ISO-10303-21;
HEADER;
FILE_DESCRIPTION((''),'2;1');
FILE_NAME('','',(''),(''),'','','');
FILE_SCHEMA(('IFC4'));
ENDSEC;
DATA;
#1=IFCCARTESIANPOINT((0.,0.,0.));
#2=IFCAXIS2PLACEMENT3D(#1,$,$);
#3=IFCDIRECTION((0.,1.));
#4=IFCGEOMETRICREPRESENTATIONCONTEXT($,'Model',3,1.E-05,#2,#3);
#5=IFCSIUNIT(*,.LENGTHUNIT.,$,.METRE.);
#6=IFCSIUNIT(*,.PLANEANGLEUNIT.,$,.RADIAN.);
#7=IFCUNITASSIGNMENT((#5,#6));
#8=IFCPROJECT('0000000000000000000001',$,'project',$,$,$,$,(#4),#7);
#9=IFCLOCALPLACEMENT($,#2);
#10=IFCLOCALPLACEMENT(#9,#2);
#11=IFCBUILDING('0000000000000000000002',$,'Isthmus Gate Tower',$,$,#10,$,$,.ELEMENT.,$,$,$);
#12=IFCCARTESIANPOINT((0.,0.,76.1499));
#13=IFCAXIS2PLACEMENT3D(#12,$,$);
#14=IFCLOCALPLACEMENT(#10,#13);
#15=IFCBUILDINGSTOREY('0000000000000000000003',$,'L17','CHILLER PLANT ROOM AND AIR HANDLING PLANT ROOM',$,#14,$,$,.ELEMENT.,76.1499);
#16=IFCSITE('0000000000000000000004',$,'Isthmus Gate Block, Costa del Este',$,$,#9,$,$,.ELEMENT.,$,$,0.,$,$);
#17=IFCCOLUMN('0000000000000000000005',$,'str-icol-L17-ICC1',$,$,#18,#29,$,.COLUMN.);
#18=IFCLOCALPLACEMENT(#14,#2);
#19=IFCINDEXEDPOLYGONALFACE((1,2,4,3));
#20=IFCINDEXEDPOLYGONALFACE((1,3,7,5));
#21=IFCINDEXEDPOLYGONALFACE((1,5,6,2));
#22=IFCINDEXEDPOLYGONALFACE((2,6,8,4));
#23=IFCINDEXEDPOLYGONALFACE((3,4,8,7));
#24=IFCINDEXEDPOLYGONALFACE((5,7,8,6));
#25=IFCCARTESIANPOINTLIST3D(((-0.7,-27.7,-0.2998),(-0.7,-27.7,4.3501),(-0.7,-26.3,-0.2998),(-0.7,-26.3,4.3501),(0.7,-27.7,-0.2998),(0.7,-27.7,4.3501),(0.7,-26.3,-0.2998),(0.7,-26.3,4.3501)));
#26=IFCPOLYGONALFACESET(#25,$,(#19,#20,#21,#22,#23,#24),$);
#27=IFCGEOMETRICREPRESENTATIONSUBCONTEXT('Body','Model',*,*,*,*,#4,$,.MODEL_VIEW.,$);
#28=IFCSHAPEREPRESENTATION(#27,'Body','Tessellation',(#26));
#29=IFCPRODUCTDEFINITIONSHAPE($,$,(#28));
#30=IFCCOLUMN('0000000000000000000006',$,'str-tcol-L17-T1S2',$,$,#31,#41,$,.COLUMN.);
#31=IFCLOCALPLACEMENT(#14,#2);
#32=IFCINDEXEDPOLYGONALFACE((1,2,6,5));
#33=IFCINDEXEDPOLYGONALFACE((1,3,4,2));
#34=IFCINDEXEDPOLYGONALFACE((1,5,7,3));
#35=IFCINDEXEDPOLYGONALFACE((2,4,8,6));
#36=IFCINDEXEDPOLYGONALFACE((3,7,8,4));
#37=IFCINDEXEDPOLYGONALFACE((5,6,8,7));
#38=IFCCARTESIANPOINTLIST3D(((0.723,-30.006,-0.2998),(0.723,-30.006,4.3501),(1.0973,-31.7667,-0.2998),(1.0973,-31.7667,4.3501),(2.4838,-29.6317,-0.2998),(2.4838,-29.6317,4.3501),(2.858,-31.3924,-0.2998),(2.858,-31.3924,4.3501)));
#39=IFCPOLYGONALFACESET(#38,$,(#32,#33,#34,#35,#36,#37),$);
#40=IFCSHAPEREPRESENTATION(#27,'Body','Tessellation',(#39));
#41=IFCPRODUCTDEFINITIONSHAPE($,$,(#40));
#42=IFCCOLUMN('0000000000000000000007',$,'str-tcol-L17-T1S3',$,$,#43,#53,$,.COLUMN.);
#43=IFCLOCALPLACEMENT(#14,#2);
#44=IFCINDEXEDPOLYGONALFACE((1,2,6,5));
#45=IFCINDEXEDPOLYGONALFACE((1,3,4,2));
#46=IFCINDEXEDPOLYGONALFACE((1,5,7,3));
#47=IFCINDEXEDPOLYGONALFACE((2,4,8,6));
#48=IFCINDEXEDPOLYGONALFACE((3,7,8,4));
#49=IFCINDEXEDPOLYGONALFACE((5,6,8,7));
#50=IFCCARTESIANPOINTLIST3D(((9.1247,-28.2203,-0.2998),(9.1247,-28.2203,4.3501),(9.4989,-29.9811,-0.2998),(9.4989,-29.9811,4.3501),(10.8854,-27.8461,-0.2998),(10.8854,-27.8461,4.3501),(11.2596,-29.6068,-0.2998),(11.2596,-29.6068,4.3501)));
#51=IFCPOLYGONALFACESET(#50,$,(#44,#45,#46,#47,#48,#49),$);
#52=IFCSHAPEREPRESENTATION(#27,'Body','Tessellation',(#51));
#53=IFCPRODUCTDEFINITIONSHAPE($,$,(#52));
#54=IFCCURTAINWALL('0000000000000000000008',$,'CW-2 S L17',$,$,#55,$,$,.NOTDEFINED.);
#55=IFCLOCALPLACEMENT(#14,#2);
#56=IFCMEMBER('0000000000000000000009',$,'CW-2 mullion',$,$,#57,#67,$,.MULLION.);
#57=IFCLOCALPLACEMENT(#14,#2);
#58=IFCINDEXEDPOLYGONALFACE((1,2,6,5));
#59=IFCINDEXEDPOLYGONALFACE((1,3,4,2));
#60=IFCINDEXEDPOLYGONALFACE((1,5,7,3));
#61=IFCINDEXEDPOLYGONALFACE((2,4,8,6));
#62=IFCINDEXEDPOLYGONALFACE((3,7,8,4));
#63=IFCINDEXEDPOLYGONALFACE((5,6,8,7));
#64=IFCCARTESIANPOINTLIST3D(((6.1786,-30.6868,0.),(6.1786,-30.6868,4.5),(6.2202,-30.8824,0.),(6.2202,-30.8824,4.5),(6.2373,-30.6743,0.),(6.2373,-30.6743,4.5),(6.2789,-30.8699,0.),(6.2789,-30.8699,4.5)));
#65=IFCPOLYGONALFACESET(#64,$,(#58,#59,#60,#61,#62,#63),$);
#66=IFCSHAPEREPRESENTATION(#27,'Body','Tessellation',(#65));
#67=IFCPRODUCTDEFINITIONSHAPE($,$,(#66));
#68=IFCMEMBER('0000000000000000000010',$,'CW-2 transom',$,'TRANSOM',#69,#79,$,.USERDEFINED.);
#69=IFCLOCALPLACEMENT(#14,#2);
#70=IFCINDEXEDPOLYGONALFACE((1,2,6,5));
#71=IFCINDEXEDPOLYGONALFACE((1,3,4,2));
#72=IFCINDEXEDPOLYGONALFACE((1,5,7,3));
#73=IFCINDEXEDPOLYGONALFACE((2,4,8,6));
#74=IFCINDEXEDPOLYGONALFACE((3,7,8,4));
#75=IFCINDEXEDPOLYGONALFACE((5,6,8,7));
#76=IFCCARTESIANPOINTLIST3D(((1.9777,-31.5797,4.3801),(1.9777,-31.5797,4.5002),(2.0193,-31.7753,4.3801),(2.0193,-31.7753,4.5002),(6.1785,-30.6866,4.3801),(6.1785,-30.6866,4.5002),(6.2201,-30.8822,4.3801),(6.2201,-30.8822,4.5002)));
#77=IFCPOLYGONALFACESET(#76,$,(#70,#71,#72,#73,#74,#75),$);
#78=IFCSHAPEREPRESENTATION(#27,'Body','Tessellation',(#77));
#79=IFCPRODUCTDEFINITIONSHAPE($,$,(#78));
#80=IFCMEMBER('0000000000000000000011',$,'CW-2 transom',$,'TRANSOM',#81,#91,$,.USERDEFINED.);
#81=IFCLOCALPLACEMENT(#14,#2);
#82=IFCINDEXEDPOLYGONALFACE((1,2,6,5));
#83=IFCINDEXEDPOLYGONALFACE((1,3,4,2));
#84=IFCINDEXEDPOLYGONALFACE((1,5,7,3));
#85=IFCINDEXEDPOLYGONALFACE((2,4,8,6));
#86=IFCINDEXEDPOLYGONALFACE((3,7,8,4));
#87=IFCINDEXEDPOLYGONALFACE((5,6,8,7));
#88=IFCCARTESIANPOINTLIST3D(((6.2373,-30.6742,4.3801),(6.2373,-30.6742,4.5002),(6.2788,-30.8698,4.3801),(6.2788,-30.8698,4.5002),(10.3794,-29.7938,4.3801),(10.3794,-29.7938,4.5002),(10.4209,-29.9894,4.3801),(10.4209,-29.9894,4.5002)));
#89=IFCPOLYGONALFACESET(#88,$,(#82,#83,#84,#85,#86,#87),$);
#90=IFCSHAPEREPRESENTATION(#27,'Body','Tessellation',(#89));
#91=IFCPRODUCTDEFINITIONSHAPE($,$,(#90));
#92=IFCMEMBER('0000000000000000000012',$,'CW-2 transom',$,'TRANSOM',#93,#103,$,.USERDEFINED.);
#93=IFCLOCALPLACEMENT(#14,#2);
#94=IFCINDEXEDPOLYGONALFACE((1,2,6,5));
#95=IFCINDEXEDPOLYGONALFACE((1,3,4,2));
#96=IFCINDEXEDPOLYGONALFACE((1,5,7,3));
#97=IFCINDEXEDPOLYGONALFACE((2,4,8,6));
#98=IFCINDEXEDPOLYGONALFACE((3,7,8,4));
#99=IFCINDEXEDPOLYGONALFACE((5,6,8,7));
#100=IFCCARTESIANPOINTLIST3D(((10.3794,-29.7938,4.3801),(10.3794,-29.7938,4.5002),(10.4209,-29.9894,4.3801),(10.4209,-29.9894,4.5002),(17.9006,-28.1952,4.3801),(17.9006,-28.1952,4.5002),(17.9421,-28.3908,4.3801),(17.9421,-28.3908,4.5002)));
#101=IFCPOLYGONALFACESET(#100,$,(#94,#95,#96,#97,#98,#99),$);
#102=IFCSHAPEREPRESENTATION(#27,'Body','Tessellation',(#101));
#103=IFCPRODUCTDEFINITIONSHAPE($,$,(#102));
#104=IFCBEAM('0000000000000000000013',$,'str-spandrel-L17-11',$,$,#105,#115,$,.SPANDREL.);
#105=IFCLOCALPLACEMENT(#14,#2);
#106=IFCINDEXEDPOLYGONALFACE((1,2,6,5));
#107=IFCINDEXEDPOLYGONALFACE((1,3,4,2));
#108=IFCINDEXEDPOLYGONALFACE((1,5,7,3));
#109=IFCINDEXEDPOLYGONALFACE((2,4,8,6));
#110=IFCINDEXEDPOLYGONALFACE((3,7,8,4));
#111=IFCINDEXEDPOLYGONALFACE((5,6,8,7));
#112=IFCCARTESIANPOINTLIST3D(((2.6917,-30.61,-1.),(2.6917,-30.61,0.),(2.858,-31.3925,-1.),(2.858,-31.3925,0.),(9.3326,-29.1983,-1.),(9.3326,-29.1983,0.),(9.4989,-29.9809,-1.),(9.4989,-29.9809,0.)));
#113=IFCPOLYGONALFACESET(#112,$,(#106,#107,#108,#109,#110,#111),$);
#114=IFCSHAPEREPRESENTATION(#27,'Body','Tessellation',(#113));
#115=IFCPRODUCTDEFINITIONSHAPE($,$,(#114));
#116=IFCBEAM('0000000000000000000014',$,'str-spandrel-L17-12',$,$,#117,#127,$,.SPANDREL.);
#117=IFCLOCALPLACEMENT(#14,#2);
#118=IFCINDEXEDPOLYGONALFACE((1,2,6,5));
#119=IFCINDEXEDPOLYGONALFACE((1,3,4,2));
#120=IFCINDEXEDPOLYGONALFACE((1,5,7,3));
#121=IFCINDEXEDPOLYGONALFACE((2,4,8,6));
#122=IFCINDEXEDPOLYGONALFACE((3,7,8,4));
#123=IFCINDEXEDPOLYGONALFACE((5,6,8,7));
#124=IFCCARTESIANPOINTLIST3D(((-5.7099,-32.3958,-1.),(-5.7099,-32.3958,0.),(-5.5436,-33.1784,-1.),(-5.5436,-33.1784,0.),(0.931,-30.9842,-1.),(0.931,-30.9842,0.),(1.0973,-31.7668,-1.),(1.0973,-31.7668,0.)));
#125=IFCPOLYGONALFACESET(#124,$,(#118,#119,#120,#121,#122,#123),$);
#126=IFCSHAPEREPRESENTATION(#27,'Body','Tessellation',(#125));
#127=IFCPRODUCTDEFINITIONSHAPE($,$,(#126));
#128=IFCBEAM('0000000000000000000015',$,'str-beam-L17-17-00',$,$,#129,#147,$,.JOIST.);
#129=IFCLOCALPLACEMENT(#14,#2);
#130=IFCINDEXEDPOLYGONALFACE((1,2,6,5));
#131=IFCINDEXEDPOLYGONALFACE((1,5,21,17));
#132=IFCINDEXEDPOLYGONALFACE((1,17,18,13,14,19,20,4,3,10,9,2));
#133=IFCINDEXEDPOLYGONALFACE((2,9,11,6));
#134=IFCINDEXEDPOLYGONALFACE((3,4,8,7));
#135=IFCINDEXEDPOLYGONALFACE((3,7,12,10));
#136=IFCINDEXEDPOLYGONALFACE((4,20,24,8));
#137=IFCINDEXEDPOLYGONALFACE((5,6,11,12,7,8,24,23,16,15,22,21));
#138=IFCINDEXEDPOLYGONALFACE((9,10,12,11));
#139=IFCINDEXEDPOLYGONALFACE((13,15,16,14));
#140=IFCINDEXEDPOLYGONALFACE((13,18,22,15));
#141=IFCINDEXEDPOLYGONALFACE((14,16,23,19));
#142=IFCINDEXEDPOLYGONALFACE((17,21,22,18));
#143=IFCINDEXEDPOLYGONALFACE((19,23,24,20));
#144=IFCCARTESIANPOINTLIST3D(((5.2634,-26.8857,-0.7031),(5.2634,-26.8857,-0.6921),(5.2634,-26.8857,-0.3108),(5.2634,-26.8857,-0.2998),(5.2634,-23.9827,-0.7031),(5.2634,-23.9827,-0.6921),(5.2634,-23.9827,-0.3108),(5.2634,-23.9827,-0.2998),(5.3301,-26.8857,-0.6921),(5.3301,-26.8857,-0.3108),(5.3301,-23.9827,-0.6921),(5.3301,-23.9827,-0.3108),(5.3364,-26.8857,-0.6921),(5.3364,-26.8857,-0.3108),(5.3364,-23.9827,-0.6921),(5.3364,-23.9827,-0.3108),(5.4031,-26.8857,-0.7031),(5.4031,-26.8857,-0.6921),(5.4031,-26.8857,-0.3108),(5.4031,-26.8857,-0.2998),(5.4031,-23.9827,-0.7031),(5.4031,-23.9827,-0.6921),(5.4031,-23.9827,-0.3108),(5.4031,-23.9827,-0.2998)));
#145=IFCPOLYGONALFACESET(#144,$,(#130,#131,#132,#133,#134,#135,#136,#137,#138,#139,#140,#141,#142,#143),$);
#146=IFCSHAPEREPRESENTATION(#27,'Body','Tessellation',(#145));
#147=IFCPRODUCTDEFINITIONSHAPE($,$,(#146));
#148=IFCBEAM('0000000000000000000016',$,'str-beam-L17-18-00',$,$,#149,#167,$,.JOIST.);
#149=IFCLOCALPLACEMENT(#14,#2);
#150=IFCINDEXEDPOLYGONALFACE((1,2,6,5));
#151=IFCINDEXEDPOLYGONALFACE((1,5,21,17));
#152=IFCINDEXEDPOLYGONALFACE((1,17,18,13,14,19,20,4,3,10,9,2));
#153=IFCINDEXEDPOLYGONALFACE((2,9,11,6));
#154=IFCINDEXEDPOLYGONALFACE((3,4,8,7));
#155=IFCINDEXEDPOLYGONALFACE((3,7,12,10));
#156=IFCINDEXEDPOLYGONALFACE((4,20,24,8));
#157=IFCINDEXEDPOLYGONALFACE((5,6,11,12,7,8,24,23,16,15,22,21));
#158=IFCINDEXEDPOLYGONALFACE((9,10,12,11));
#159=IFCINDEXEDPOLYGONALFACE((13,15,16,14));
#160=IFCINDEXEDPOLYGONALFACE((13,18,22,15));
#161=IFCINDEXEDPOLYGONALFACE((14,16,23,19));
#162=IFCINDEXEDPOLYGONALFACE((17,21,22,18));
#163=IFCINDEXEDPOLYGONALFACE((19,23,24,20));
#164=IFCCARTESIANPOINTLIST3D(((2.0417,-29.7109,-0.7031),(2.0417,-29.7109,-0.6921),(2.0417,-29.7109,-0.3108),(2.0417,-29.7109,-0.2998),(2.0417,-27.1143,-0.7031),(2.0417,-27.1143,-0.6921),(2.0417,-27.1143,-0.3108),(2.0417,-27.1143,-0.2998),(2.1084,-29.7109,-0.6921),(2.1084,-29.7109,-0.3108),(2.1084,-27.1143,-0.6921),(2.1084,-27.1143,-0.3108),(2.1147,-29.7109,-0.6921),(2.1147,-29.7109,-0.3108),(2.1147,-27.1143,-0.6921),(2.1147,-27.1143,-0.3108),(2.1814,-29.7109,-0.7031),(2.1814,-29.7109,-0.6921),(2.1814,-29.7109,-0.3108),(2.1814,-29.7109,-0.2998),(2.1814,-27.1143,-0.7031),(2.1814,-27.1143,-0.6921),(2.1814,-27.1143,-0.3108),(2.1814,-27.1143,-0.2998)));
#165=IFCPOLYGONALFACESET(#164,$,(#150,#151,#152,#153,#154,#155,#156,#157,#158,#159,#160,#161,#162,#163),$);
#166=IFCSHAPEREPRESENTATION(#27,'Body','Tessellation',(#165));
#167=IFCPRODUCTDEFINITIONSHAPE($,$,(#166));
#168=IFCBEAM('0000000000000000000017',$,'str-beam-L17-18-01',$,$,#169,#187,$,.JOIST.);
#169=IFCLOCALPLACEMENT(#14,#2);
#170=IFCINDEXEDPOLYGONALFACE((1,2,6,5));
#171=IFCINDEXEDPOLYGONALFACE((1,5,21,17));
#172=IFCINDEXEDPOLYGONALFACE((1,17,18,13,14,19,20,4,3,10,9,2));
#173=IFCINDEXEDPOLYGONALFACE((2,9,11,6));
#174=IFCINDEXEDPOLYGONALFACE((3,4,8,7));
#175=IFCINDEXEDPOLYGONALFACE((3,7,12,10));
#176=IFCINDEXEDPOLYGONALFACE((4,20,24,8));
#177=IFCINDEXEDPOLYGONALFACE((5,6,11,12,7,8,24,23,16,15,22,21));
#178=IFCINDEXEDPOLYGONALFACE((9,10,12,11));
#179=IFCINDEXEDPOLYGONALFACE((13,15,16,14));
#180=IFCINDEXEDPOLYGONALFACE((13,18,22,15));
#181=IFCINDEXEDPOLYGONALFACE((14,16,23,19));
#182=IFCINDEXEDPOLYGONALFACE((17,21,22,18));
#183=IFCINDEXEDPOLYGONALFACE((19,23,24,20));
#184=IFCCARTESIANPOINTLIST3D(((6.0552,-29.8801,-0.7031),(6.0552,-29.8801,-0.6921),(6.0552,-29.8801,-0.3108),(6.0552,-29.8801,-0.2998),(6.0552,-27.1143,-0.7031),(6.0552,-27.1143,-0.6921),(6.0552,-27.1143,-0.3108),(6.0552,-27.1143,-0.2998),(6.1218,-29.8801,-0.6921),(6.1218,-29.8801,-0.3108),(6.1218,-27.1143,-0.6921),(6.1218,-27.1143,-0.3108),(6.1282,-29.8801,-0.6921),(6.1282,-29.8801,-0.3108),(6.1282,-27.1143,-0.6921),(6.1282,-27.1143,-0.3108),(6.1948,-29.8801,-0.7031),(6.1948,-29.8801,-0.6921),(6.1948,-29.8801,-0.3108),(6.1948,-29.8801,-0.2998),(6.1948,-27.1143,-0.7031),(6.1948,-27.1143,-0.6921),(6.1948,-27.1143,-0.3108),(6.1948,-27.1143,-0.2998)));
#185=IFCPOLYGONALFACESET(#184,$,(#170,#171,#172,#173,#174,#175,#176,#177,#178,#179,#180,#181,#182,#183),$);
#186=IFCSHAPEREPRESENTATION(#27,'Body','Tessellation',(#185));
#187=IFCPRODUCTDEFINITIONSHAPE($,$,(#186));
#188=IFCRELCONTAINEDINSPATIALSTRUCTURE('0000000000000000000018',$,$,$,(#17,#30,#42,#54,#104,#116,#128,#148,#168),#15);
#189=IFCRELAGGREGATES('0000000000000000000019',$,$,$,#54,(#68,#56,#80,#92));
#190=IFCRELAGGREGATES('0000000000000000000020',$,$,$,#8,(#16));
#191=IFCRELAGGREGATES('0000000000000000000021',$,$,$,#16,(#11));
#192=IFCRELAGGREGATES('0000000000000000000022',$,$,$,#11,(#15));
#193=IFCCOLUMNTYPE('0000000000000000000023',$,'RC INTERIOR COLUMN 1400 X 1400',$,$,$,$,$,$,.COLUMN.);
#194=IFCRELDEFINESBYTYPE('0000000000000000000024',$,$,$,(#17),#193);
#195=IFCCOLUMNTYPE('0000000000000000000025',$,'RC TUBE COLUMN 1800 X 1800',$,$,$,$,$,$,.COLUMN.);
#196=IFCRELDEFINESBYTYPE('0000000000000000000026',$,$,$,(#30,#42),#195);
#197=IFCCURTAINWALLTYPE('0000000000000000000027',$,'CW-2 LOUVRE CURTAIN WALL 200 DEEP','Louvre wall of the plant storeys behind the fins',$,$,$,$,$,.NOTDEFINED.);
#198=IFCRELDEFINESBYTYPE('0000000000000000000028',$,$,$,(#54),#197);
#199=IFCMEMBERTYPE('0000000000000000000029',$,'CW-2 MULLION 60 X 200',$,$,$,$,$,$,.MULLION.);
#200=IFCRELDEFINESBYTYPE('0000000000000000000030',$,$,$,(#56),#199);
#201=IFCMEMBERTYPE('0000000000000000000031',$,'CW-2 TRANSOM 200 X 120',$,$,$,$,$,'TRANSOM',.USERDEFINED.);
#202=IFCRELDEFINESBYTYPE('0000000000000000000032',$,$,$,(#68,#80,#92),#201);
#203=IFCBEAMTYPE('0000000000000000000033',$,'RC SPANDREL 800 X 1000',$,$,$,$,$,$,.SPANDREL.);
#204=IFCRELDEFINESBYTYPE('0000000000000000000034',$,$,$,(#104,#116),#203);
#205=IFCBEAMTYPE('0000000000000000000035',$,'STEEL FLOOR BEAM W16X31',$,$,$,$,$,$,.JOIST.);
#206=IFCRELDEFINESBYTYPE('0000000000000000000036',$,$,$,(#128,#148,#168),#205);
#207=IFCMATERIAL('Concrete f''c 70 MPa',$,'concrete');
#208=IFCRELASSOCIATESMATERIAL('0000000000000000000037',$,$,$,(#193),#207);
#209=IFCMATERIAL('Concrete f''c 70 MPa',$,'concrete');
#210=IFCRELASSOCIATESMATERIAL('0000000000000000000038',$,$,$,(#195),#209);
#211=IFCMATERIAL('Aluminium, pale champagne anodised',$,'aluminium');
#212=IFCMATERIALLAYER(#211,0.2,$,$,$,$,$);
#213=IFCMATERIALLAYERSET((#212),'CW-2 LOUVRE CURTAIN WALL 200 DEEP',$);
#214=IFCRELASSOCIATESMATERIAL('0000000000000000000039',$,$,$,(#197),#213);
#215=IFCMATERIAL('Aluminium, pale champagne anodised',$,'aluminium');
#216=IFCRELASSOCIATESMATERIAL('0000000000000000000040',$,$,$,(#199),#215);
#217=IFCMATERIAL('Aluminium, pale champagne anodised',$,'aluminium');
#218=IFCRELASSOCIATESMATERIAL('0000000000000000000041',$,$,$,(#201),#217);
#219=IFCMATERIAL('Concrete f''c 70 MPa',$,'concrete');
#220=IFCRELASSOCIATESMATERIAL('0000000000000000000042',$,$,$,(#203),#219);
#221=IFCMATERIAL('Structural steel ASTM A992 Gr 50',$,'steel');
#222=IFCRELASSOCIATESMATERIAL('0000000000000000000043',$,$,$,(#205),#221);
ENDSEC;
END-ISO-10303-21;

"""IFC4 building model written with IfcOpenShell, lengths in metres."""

from ifc_helpers import new_model, si_unit, direction, frame, origin, origin_2d, place, context, subcontext, project, spatial, rectangle, i_section, extrude, material, layer, layer_set, material_profile, profile_set, type_object, element, aggregate, save


model = new_model("IFC4")

# Units and contexts
model_context = context("Model", 3, precision=1e-05, world=origin(), true_north=direction((0.0, 1.0)))
body_context = subcontext(model_context, "Body", "Model", "MODEL_VIEW")
ifc_project = project(units=[si_unit("LENGTHUNIT", "METRE"), si_unit("PLANEANGLEUNIT", "RADIAN")], contexts=[model_context])

# Site, building, storey
site_placement = place(None, origin())
site = spatial("IfcSite", under=ifc_project, at=site_placement, Name="Isthmus Gate Block, Costa del Este", CompositionType="ELEMENT", RefElevation=0.0)
building_placement = place(site_placement, origin())
building = spatial("IfcBuilding", under=site, at=building_placement, Name="Isthmus Gate Tower", CompositionType="ELEMENT")
storey_placement = place(building_placement, frame((0.0, 0.0, 76.1499)))
storey = spatial("IfcBuildingStorey", under=building, at=storey_placement, Name="L17", Description="CHILLER PLANT ROOM AND AIR HANDLING PLANT ROOM", CompositionType="ELEMENT", Elevation=76.1499)

# Columns
ifc_material_1 = material(Name="Concrete f'c 70 MPa", Category="concrete")
ifc_material_profile_1 = material_profile(ifc_material_1, rectangle(XDim=1.3999, YDim=1.3999, at=origin_2d()), Name="RC 1400X1400")
ifc_profile_set_1 = profile_set([ifc_material_profile_1], Name="Concrete f'c 70 MPa")
column_type_1 = type_object("IfcColumnType", Name="RC INTERIOR COLUMN 1400 X 1400", PredefinedType="COLUMN", material=ifc_profile_set_1)
column_placement = place(storey_placement, frame((0.0, -27.0, -0.2998), z_axis=(0.0, 0.0, 1.0), x_axis=(1.0, 0.0, 0.0)))
element("IfcColumn", 1, at=column_placement, inside=storey, type_object=column_type_1, Name="str-icol-L17-ICC1", PredefinedType="COLUMN", context=body_context, shape_type="SweptSolid", body=[
    extrude(rectangle(XDim=1.3999, YDim=1.3999, at=origin_2d()), origin(), (0.0, 0.0, 1.0), 4.6499),
])
ifc_material_2 = material(Name="Concrete f'c 70 MPa", Category="concrete")
ifc_material_profile_2 = material_profile(ifc_material_2, rectangle(XDim=1.8, YDim=1.8, at=origin_2d()), Name="RC 1800X1800")
ifc_profile_set_2 = profile_set([ifc_material_profile_2], Name="Concrete f'c 70 MPa")
column_type_2 = type_object("IfcColumnType", Name="RC TUBE COLUMN 1800 X 1800", PredefinedType="COLUMN", material=ifc_profile_set_2)
for number, where, z_axis, x_axis, name in (
    (2, (1.7905, -30.6992, -0.2998), (0.0, 0.0, 1.0), (0.978148, 0.207912, 0.0), "str-tcol-L17-T1S2"),
    (3, (10.1921, -28.9136, -0.2998), (0.0, 0.0, 1.0), (0.978148, 0.207912, 0.0), "str-tcol-L17-T1S3"),
):
    element("IfcColumn", number, at=place(storey_placement, frame(where, z_axis=z_axis, x_axis=x_axis)), inside=storey, type_object=column_type_2, Name=name, PredefinedType="COLUMN", context=body_context, shape_type="SweptSolid", body=[
        extrude(rectangle(XDim=1.8, YDim=1.8, at=origin_2d()), origin(), (0.0, 0.0, 1.0), 4.6499),
    ])

# Curtain wall, members
ifc_material_3 = material(Name="Aluminium, pale champagne anodised", Category="aluminium")
ifc_layer_1 = layer(ifc_material_3, 0.2)
ifc_layer_set_1 = layer_set([ifc_layer_1], Name="CW-2 LOUVRE CURTAIN WALL 200 DEEP")
curtain_wall_type = type_object("IfcCurtainWallType", Name="CW-2 LOUVRE CURTAIN WALL 200 DEEP", Description="Louvre wall of the plant storeys behind the fins", PredefinedType="NOTDEFINED", material=ifc_layer_set_1)
curtain_wall_placement = place(storey_placement, origin())
curtain_wall = element("IfcCurtainWall", 4, at=curtain_wall_placement, inside=storey, type_object=curtain_wall_type, Name="CW-2 S L17", PredefinedType="NOTDEFINED")
ifc_material_4 = material(Name="Aluminium, pale champagne anodised", Category="aluminium")
ifc_material_profile_3 = material_profile(ifc_material_4, rectangle(XDim=0.0601, YDim=0.2, at=origin_2d()), Name="60x200")
ifc_profile_set_3 = profile_set([ifc_material_profile_3], Name="Aluminium, pale champagne anodised")
member_type_1 = type_object("IfcMemberType", Name="CW-2 MULLION 60 X 200", PredefinedType="MULLION", material=ifc_profile_set_3)
member_1_placement = place(storey_placement, frame((6.2288, -30.7783, 0.0), z_axis=(0.0, 0.0, 1.0), x_axis=(0.978148, 0.207912, 0.0)))
member_1 = element("IfcMember", 5, at=member_1_placement, type_object=member_type_1, Name="CW-2 mullion", PredefinedType="MULLION", context=body_context, shape_type="SweptSolid", body=[
    extrude(rectangle(XDim=0.0601, YDim=0.2, at=origin_2d()), origin(), (0.0, 0.0, 1.0), 4.5),
])
ifc_material_5 = material(Name="Aluminium, pale champagne anodised", Category="aluminium")
ifc_material_profile_4 = material_profile(ifc_material_5, rectangle(XDim=0.2, YDim=0.1201, at=origin_2d()), Name="200x120")
ifc_profile_set_4 = profile_set([ifc_material_profile_4], Name="Aluminium, pale champagne anodised")
member_type_2 = type_object("IfcMemberType", Name="CW-2 TRANSOM 200 X 120", ElementType="TRANSOM", PredefinedType="USERDEFINED", material=ifc_profile_set_4)
member_2_placement = place(storey_placement, frame((1.9985, -31.6775, 4.4402), z_axis=(0.978139, 0.207953, 0.0), x_axis=(-0.207953, 0.978139, 0.0)))
member_2 = element("IfcMember", 6, at=member_2_placement, type_object=member_type_2, Name="CW-2 transom", ObjectType="TRANSOM", PredefinedType="USERDEFINED", context=body_context, shape_type="SweptSolid", body=[
    extrude(rectangle(XDim=0.2, YDim=0.1201, at=origin_2d()), origin(), (0.0, 0.0, 1.0), 4.2947),
])
member_3_placement = place(storey_placement, frame((6.2581, -30.772, 4.4402), z_axis=(0.97815, 0.207899, 0.0), x_axis=(-0.207899, 0.97815, 0.0)))
member_3 = element("IfcMember", 7, at=member_3_placement, type_object=member_type_2, Name="CW-2 transom", ObjectType="TRANSOM", PredefinedType="USERDEFINED", context=body_context, shape_type="SweptSolid", body=[
    extrude(rectangle(XDim=0.2, YDim=0.1201, at=origin_2d()), origin(), (0.0, 0.0, 1.0), 4.2346),
])
member_4_placement = place(storey_placement, frame((10.4001, -29.8916, 4.4402), z_axis=(0.978149, 0.207905, 0.0), x_axis=(-0.207905, 0.978149, 0.0)))
member_4 = element("IfcMember", 8, at=member_4_placement, type_object=member_type_2, Name="CW-2 transom", ObjectType="TRANSOM", PredefinedType="USERDEFINED", context=body_context, shape_type="SweptSolid", body=[
    extrude(rectangle(XDim=0.2, YDim=0.1201, at=origin_2d()), origin(), (0.0, 0.0, 1.0), 7.6892),
])

# Beams
ifc_material_6 = material(Name="Concrete f'c 70 MPa", Category="concrete")
ifc_material_profile_5 = material_profile(ifc_material_6, rectangle(XDim=0.8, YDim=1.0, at=origin_2d()), Name="RC 800X1000")
ifc_profile_set_5 = profile_set([ifc_material_profile_5], Name="Concrete f'c 70 MPa")
beam_type_1 = type_object("IfcBeamType", Name="RC SPANDREL 800 X 1000", PredefinedType="SPANDREL", material=ifc_profile_set_5)
for number, where, z_axis, x_axis, name in (
    (9, (9.4158, -29.5896, -0.5), (-0.978146, -0.20792, 0.0), (0.20792, -0.978146, 0.0), "str-spandrel-L17-11"),
    (10, (1.0142, -31.3755, -0.5), (-0.978146, -0.20792, 0.0), (0.20792, -0.978146, 0.0), "str-spandrel-L17-12"),
):
    element("IfcBeam", number, at=place(storey_placement, frame(where, z_axis=z_axis, x_axis=x_axis)), inside=storey, type_object=beam_type_1, Name=name, PredefinedType="SPANDREL", context=body_context, shape_type="SweptSolid", body=[
        extrude(rectangle(XDim=0.8, YDim=1.0, at=origin_2d()), origin(), (0.0, 0.0, 1.0), 6.7893),
    ])
ifc_material_7 = material(Name="Structural steel ASTM A992 Gr 50", Category="steel")
ifc_material_profile_6 = material_profile(ifc_material_7, i_section(OverallWidth=0.1396, OverallDepth=0.4033, WebThickness=0.0063, FlangeThickness=0.011, at=origin_2d()), Name="W16X31")
ifc_profile_set_6 = profile_set([ifc_material_profile_6], Name="Structural steel ASTM A992 Gr 50")
beam_type_2 = type_object("IfcBeamType", Name="STEEL FLOOR BEAM W16X31", PredefinedType="JOIST", material=ifc_profile_set_6)
beam_1_placement = place(storey_placement, frame((5.3333, -26.8857, -0.5015), z_axis=(0.0, 1.0, 0.0), x_axis=(-1.0, 0.0, 0.0)))
element("IfcBeam", 11, at=beam_1_placement, inside=storey, type_object=beam_type_2, Name="str-beam-L17-17-00", PredefinedType="JOIST", context=body_context, shape_type="SweptSolid", body=[
    extrude(i_section(OverallWidth=0.1396, OverallDepth=0.4033, WebThickness=0.0063, FlangeThickness=0.011, at=origin_2d()), origin(), (0.0, 0.0, 1.0), 2.9031),
])
beam_2_placement = place(storey_placement, frame((2.1116, -29.7109, -0.5015), z_axis=(0.0, 1.0, 0.0), x_axis=(-1.0, 0.0, 0.0)))
element("IfcBeam", 12, at=beam_2_placement, inside=storey, type_object=beam_type_2, Name="str-beam-L17-18-00", PredefinedType="JOIST", context=body_context, shape_type="SweptSolid", body=[
    extrude(i_section(OverallWidth=0.1396, OverallDepth=0.4033, WebThickness=0.0063, FlangeThickness=0.011, at=origin_2d()), origin(), (0.0, 0.0, 1.0), 2.5967),
])
beam_3_placement = place(storey_placement, frame((6.125, -29.8801, -0.5015), z_axis=(0.0, 1.0, 0.0), x_axis=(-1.0, 0.0, 0.0)))
element("IfcBeam", 13, at=beam_3_placement, inside=storey, type_object=beam_type_2, Name="str-beam-L17-18-01", PredefinedType="JOIST", context=body_context, shape_type="SweptSolid", body=[
    extrude(i_section(OverallWidth=0.1396, OverallDepth=0.4033, WebThickness=0.0063, FlangeThickness=0.011, at=origin_2d()), origin(), (0.0, 0.0, 1.0), 2.7659),
])

aggregate(curtain_wall, [member_2, member_1, member_3, member_4])

save(model, "model.ifc")
